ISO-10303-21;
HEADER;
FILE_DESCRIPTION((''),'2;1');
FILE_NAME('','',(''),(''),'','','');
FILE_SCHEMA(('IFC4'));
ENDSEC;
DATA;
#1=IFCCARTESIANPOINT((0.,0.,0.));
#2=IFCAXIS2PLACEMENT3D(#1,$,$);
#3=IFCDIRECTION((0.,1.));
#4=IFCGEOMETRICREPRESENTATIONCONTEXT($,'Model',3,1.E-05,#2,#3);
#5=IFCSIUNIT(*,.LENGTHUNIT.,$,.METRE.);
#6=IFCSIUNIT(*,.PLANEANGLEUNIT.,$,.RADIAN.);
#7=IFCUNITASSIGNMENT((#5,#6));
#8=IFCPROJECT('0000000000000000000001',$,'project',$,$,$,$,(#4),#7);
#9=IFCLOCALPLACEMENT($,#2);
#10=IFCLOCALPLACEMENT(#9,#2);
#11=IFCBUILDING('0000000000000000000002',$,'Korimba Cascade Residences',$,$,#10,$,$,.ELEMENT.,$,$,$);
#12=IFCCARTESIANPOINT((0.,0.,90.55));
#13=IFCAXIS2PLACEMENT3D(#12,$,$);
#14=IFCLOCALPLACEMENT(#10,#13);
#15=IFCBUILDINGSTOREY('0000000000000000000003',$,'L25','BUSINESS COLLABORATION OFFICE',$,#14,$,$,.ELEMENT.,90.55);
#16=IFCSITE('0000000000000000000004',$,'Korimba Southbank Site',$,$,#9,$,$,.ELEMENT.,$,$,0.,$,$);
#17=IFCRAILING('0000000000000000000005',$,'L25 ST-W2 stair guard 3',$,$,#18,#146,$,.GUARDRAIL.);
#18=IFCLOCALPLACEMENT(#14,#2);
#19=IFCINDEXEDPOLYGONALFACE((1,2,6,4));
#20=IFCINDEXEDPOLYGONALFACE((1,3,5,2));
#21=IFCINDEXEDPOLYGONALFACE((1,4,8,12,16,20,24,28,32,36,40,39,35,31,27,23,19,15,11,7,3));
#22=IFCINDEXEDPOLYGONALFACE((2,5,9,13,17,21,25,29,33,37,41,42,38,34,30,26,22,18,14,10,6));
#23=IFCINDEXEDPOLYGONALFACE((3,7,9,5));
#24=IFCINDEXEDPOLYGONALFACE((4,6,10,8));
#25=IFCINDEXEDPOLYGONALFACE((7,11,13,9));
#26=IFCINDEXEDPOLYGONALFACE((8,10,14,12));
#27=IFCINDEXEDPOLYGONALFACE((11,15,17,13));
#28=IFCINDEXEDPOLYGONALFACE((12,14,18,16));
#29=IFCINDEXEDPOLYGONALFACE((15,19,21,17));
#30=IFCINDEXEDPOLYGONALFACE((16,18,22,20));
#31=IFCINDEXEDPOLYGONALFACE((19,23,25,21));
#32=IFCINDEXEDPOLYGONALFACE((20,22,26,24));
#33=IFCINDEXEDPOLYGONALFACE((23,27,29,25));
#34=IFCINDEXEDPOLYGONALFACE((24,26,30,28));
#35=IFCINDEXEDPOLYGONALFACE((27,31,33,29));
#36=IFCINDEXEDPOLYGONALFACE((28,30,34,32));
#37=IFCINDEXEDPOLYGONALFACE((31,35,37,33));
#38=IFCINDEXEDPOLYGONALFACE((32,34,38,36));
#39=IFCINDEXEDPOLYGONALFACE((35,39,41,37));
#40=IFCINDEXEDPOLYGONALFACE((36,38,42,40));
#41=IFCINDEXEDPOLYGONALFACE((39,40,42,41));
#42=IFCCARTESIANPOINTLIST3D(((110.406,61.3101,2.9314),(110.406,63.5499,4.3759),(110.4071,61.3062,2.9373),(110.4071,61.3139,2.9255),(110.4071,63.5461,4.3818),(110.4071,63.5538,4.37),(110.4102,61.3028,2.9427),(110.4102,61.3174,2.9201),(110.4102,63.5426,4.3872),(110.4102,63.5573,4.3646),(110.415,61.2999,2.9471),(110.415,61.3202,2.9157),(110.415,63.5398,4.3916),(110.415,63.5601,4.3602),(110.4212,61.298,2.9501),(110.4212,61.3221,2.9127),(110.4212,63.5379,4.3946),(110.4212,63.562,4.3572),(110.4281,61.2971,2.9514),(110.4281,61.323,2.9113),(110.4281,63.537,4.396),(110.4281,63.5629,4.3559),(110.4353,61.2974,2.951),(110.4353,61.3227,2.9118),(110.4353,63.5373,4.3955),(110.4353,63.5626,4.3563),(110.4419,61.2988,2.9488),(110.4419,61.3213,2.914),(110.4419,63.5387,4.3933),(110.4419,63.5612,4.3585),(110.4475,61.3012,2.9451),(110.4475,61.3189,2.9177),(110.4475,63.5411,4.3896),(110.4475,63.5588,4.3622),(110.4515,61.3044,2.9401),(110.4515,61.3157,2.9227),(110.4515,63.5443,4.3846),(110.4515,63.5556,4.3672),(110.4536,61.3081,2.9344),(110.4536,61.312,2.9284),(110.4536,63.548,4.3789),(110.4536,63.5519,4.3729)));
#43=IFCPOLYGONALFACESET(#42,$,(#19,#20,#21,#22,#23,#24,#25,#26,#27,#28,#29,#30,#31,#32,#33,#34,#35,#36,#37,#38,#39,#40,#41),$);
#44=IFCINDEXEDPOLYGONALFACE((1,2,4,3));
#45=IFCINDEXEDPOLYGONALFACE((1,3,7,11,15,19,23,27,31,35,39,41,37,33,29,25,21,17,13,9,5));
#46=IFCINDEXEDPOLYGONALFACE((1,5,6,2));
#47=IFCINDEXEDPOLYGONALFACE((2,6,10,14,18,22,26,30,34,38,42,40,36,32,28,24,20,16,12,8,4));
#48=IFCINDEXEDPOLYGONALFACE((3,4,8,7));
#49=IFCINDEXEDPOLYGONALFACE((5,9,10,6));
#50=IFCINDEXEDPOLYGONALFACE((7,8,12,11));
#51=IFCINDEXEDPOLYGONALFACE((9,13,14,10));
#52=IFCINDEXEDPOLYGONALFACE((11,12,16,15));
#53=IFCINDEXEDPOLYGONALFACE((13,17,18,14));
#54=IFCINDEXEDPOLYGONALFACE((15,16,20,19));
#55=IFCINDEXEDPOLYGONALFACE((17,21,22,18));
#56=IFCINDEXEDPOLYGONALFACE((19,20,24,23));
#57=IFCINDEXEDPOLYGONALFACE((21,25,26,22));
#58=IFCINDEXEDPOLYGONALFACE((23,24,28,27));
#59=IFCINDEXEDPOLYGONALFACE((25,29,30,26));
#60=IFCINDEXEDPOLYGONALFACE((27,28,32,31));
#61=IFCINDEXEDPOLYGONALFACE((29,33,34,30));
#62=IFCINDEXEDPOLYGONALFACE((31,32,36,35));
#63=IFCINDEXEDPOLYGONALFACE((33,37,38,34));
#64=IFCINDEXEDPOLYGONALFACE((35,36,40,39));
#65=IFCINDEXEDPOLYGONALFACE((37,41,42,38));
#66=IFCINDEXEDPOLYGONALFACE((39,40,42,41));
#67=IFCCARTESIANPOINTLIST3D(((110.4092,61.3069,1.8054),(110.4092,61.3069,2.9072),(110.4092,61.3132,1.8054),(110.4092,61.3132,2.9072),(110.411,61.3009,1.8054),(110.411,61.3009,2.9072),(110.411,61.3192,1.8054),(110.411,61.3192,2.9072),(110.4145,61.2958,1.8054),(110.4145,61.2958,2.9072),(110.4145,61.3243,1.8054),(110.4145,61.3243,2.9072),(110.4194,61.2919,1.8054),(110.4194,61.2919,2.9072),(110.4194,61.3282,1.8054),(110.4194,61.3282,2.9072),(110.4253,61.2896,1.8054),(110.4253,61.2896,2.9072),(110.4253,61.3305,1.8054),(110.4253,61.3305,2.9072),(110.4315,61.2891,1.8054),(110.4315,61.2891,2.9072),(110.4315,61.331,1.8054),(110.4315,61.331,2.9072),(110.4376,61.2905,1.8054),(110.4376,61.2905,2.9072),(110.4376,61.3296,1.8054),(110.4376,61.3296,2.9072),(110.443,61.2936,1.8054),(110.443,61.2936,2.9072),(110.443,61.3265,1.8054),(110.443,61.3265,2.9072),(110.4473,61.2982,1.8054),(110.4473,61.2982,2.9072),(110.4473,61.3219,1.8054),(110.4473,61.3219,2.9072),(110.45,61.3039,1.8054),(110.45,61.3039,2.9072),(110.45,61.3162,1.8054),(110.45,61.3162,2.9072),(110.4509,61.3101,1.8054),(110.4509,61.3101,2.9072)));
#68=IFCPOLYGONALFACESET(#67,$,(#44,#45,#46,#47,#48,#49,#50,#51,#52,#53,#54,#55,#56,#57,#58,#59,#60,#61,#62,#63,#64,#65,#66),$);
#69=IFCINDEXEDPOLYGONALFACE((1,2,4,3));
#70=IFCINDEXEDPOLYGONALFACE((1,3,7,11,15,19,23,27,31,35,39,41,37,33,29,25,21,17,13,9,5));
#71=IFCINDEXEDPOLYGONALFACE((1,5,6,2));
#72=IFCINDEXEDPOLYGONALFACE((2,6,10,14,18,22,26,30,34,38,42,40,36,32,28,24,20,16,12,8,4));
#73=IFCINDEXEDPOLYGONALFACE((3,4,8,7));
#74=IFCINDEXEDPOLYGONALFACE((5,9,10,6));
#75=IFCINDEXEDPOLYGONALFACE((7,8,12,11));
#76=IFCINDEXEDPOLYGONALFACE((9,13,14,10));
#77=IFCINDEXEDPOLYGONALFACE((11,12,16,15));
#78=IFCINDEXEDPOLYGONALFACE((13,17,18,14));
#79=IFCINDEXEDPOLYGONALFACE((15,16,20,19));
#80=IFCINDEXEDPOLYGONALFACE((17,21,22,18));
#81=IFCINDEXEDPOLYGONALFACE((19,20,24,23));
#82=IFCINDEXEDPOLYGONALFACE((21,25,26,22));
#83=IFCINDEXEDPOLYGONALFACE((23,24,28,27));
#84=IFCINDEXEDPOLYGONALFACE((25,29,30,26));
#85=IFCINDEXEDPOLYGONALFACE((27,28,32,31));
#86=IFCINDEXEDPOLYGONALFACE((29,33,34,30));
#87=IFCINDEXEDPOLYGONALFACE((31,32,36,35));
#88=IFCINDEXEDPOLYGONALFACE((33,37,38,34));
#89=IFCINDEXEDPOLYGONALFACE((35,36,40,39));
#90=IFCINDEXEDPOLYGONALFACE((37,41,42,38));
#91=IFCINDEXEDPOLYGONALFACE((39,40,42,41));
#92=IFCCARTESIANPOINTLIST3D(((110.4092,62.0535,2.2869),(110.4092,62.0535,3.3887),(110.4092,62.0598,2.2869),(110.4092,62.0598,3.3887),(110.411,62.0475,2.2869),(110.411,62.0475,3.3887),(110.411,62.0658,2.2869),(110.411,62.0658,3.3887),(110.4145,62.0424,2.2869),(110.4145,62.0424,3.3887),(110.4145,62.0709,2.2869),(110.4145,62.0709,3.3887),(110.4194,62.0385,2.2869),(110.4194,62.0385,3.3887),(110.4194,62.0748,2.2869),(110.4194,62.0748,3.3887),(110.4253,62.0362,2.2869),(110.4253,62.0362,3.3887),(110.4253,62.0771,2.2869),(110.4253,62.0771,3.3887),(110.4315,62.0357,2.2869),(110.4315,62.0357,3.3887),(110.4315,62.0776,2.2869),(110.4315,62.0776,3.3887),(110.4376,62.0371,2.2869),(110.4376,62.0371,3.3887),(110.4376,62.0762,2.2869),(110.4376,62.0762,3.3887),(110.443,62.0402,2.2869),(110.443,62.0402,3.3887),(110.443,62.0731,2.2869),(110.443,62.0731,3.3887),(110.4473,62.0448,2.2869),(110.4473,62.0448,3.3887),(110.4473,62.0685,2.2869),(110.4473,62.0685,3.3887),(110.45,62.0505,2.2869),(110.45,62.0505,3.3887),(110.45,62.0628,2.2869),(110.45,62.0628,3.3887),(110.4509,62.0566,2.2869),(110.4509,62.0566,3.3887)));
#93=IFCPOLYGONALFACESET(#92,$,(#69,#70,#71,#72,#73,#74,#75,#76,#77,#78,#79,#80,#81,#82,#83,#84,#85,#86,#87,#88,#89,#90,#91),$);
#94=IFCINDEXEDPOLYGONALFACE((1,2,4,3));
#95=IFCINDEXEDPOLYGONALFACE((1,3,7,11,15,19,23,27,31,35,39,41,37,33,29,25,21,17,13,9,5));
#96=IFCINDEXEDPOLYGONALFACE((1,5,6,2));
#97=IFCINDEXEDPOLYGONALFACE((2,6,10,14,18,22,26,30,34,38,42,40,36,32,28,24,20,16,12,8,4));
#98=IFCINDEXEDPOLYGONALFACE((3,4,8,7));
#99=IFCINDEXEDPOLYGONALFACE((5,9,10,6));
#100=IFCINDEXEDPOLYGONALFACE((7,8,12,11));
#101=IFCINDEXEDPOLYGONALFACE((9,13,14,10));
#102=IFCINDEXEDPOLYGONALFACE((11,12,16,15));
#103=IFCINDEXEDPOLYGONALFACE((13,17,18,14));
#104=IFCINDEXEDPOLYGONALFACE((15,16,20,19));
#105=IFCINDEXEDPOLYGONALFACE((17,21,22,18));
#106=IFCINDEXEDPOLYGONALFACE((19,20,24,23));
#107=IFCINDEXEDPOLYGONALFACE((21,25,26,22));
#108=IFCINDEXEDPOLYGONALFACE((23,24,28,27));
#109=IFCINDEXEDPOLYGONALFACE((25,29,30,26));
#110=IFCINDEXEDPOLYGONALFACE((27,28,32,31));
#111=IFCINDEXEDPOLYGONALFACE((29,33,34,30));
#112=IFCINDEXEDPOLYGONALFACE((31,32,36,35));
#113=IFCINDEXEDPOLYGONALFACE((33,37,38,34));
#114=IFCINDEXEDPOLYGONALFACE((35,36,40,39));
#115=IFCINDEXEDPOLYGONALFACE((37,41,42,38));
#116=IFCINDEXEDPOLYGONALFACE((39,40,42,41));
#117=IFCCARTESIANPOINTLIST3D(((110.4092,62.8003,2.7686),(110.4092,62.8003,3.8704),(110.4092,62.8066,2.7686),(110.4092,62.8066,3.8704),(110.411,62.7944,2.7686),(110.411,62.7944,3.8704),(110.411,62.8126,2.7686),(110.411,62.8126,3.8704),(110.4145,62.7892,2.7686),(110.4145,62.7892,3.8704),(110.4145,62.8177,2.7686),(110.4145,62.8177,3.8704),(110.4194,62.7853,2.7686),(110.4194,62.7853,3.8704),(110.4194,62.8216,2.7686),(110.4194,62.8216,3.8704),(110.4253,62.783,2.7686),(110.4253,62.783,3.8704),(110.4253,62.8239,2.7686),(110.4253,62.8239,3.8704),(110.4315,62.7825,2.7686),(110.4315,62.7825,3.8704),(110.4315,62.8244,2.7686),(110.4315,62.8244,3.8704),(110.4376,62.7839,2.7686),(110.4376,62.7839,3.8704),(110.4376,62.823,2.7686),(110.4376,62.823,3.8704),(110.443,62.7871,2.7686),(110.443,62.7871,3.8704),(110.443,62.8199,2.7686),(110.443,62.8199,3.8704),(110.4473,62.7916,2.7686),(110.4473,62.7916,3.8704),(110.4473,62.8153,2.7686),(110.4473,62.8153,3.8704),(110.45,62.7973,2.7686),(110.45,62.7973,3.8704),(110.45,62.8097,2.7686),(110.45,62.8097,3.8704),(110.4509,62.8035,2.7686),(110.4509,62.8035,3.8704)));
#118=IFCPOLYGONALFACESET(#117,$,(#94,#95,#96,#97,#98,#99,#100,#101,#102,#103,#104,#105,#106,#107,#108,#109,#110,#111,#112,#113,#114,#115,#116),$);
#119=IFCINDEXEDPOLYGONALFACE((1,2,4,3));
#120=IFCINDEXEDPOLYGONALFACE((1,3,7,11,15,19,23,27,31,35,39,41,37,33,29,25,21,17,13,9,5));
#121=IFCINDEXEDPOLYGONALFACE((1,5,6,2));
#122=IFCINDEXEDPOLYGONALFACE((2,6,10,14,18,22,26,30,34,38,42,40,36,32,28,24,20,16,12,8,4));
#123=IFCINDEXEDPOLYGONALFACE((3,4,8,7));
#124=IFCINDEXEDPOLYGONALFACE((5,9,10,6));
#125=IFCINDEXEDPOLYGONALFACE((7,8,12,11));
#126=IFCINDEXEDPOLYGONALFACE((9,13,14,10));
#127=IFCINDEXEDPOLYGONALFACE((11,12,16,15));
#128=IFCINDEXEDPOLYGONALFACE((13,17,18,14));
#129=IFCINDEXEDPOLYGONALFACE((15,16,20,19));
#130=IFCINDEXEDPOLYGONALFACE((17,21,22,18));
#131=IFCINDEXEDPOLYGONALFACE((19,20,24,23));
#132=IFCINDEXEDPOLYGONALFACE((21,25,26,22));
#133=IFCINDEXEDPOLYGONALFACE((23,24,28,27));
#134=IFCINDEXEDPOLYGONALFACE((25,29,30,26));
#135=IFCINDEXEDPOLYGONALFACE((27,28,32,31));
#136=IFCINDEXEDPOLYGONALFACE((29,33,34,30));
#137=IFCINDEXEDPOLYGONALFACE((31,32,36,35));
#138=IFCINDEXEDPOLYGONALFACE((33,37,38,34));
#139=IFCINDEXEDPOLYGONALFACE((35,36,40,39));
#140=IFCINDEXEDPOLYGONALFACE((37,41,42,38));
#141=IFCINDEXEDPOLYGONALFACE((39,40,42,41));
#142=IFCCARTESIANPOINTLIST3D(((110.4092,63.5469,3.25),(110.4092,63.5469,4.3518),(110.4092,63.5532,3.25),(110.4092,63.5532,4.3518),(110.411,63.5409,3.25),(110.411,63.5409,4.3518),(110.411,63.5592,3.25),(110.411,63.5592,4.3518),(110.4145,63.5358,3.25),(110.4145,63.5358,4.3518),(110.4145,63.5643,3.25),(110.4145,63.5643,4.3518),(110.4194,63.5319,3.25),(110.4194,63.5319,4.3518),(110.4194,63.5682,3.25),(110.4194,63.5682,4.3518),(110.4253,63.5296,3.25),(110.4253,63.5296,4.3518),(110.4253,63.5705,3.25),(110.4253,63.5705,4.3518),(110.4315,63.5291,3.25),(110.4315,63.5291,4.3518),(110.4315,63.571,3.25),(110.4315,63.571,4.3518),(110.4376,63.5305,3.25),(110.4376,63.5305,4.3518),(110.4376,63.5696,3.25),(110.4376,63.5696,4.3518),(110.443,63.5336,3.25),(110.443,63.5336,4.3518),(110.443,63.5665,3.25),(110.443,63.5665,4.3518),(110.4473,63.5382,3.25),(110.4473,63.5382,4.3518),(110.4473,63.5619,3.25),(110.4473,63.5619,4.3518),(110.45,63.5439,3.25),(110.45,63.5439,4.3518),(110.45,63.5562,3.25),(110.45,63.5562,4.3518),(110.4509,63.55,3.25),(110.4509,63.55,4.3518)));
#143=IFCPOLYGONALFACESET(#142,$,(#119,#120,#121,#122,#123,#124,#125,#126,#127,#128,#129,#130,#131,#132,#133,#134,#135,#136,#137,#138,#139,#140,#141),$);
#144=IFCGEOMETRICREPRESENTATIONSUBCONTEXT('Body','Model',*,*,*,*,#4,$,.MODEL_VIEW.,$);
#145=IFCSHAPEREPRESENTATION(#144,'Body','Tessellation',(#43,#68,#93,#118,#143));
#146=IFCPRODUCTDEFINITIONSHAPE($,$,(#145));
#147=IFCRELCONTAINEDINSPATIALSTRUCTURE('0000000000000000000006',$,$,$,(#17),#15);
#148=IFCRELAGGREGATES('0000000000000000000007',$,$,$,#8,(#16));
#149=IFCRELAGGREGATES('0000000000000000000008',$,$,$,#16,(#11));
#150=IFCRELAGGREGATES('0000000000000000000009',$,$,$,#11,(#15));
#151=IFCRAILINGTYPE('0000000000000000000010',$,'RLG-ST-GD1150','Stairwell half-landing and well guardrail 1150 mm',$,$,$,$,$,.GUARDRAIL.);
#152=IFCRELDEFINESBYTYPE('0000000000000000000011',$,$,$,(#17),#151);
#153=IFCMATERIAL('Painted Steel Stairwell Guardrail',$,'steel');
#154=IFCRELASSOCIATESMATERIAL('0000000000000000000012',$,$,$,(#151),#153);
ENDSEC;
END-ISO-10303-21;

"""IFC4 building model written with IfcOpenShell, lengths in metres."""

from ifc_helpers import new_model, si_unit, direction, frame, origin, origin_2d, place, context, subcontext, project, spatial, circle, extrude, material, type_object, element, save


model = new_model("IFC4")

# Units and contexts
model_context = context("Model", 3, precision=1e-05, world=origin(), true_north=direction((0.0, 1.0)))
body_context = subcontext(model_context, "Body", "Model", "MODEL_VIEW")
ifc_project = project(units=[si_unit("LENGTHUNIT", "METRE"), si_unit("PLANEANGLEUNIT", "RADIAN")], contexts=[model_context])

# Site, building, storey
site_placement = place(None, origin())
site = spatial("IfcSite", under=ifc_project, at=site_placement, Name="Korimba Southbank Site", CompositionType="ELEMENT", RefElevation=0.0)
building_placement = place(site_placement, origin())
building = spatial("IfcBuilding", under=site, at=building_placement, Name="Korimba Cascade Residences", CompositionType="ELEMENT")
storey_placement = place(building_placement, frame((0.0, 0.0, 90.55)))
storey = spatial("IfcBuildingStorey", under=building, at=storey_placement, Name="L25", Description="BUSINESS COLLABORATION OFFICE", CompositionType="ELEMENT", Elevation=90.55)

# Railing
ifc_material_1 = material(Name="Painted Steel Stairwell Guardrail", Category="steel")
railing_type_1 = type_object("IfcRailingType", Name="RLG-ST-GD1150", Description="Stairwell half-landing and well guardrail 1150 mm", PredefinedType="GUARDRAIL", material=ifc_material_1)
railing_1_placement = place(storey_placement, frame((110.4299, 61.3101, 1.8054)))
element("IfcRailing", 1, at=railing_1_placement, inside=storey, type_object=railing_type_1, Name="L25 ST-W2 stair guard 3", PredefinedType="GUARDRAIL", context=body_context, shape_type="SweptSolid", body=[
    extrude(circle(Radius=0.0239, at=origin_2d()), frame((0.0, 0.0, 1.126), z_axis=(0.0, 0.840395, 0.541975), x_axis=(-1.0, 0.0, 0.0)), (0.0, 0.0, 1.0), 2.6653),
    extrude(circle(Radius=0.021, at=origin_2d()), origin(), (0.0, 0.0, 1.0), 1.1018),
    extrude(circle(Radius=0.021, at=origin_2d()), frame((0.0, 0.7466, 0.4814)), (0.0, 0.0, 1.0), 1.1018),
    extrude(circle(Radius=0.021, at=origin_2d()), frame((0.0, 1.4934, 0.9631)), (0.0, 0.0, 1.0), 1.1018),
    extrude(circle(Radius=0.021, at=origin_2d()), frame((0.0, 2.24, 1.4446)), (0.0, 0.0, 1.0), 1.1018),
])

save(model, "model.ifc")
